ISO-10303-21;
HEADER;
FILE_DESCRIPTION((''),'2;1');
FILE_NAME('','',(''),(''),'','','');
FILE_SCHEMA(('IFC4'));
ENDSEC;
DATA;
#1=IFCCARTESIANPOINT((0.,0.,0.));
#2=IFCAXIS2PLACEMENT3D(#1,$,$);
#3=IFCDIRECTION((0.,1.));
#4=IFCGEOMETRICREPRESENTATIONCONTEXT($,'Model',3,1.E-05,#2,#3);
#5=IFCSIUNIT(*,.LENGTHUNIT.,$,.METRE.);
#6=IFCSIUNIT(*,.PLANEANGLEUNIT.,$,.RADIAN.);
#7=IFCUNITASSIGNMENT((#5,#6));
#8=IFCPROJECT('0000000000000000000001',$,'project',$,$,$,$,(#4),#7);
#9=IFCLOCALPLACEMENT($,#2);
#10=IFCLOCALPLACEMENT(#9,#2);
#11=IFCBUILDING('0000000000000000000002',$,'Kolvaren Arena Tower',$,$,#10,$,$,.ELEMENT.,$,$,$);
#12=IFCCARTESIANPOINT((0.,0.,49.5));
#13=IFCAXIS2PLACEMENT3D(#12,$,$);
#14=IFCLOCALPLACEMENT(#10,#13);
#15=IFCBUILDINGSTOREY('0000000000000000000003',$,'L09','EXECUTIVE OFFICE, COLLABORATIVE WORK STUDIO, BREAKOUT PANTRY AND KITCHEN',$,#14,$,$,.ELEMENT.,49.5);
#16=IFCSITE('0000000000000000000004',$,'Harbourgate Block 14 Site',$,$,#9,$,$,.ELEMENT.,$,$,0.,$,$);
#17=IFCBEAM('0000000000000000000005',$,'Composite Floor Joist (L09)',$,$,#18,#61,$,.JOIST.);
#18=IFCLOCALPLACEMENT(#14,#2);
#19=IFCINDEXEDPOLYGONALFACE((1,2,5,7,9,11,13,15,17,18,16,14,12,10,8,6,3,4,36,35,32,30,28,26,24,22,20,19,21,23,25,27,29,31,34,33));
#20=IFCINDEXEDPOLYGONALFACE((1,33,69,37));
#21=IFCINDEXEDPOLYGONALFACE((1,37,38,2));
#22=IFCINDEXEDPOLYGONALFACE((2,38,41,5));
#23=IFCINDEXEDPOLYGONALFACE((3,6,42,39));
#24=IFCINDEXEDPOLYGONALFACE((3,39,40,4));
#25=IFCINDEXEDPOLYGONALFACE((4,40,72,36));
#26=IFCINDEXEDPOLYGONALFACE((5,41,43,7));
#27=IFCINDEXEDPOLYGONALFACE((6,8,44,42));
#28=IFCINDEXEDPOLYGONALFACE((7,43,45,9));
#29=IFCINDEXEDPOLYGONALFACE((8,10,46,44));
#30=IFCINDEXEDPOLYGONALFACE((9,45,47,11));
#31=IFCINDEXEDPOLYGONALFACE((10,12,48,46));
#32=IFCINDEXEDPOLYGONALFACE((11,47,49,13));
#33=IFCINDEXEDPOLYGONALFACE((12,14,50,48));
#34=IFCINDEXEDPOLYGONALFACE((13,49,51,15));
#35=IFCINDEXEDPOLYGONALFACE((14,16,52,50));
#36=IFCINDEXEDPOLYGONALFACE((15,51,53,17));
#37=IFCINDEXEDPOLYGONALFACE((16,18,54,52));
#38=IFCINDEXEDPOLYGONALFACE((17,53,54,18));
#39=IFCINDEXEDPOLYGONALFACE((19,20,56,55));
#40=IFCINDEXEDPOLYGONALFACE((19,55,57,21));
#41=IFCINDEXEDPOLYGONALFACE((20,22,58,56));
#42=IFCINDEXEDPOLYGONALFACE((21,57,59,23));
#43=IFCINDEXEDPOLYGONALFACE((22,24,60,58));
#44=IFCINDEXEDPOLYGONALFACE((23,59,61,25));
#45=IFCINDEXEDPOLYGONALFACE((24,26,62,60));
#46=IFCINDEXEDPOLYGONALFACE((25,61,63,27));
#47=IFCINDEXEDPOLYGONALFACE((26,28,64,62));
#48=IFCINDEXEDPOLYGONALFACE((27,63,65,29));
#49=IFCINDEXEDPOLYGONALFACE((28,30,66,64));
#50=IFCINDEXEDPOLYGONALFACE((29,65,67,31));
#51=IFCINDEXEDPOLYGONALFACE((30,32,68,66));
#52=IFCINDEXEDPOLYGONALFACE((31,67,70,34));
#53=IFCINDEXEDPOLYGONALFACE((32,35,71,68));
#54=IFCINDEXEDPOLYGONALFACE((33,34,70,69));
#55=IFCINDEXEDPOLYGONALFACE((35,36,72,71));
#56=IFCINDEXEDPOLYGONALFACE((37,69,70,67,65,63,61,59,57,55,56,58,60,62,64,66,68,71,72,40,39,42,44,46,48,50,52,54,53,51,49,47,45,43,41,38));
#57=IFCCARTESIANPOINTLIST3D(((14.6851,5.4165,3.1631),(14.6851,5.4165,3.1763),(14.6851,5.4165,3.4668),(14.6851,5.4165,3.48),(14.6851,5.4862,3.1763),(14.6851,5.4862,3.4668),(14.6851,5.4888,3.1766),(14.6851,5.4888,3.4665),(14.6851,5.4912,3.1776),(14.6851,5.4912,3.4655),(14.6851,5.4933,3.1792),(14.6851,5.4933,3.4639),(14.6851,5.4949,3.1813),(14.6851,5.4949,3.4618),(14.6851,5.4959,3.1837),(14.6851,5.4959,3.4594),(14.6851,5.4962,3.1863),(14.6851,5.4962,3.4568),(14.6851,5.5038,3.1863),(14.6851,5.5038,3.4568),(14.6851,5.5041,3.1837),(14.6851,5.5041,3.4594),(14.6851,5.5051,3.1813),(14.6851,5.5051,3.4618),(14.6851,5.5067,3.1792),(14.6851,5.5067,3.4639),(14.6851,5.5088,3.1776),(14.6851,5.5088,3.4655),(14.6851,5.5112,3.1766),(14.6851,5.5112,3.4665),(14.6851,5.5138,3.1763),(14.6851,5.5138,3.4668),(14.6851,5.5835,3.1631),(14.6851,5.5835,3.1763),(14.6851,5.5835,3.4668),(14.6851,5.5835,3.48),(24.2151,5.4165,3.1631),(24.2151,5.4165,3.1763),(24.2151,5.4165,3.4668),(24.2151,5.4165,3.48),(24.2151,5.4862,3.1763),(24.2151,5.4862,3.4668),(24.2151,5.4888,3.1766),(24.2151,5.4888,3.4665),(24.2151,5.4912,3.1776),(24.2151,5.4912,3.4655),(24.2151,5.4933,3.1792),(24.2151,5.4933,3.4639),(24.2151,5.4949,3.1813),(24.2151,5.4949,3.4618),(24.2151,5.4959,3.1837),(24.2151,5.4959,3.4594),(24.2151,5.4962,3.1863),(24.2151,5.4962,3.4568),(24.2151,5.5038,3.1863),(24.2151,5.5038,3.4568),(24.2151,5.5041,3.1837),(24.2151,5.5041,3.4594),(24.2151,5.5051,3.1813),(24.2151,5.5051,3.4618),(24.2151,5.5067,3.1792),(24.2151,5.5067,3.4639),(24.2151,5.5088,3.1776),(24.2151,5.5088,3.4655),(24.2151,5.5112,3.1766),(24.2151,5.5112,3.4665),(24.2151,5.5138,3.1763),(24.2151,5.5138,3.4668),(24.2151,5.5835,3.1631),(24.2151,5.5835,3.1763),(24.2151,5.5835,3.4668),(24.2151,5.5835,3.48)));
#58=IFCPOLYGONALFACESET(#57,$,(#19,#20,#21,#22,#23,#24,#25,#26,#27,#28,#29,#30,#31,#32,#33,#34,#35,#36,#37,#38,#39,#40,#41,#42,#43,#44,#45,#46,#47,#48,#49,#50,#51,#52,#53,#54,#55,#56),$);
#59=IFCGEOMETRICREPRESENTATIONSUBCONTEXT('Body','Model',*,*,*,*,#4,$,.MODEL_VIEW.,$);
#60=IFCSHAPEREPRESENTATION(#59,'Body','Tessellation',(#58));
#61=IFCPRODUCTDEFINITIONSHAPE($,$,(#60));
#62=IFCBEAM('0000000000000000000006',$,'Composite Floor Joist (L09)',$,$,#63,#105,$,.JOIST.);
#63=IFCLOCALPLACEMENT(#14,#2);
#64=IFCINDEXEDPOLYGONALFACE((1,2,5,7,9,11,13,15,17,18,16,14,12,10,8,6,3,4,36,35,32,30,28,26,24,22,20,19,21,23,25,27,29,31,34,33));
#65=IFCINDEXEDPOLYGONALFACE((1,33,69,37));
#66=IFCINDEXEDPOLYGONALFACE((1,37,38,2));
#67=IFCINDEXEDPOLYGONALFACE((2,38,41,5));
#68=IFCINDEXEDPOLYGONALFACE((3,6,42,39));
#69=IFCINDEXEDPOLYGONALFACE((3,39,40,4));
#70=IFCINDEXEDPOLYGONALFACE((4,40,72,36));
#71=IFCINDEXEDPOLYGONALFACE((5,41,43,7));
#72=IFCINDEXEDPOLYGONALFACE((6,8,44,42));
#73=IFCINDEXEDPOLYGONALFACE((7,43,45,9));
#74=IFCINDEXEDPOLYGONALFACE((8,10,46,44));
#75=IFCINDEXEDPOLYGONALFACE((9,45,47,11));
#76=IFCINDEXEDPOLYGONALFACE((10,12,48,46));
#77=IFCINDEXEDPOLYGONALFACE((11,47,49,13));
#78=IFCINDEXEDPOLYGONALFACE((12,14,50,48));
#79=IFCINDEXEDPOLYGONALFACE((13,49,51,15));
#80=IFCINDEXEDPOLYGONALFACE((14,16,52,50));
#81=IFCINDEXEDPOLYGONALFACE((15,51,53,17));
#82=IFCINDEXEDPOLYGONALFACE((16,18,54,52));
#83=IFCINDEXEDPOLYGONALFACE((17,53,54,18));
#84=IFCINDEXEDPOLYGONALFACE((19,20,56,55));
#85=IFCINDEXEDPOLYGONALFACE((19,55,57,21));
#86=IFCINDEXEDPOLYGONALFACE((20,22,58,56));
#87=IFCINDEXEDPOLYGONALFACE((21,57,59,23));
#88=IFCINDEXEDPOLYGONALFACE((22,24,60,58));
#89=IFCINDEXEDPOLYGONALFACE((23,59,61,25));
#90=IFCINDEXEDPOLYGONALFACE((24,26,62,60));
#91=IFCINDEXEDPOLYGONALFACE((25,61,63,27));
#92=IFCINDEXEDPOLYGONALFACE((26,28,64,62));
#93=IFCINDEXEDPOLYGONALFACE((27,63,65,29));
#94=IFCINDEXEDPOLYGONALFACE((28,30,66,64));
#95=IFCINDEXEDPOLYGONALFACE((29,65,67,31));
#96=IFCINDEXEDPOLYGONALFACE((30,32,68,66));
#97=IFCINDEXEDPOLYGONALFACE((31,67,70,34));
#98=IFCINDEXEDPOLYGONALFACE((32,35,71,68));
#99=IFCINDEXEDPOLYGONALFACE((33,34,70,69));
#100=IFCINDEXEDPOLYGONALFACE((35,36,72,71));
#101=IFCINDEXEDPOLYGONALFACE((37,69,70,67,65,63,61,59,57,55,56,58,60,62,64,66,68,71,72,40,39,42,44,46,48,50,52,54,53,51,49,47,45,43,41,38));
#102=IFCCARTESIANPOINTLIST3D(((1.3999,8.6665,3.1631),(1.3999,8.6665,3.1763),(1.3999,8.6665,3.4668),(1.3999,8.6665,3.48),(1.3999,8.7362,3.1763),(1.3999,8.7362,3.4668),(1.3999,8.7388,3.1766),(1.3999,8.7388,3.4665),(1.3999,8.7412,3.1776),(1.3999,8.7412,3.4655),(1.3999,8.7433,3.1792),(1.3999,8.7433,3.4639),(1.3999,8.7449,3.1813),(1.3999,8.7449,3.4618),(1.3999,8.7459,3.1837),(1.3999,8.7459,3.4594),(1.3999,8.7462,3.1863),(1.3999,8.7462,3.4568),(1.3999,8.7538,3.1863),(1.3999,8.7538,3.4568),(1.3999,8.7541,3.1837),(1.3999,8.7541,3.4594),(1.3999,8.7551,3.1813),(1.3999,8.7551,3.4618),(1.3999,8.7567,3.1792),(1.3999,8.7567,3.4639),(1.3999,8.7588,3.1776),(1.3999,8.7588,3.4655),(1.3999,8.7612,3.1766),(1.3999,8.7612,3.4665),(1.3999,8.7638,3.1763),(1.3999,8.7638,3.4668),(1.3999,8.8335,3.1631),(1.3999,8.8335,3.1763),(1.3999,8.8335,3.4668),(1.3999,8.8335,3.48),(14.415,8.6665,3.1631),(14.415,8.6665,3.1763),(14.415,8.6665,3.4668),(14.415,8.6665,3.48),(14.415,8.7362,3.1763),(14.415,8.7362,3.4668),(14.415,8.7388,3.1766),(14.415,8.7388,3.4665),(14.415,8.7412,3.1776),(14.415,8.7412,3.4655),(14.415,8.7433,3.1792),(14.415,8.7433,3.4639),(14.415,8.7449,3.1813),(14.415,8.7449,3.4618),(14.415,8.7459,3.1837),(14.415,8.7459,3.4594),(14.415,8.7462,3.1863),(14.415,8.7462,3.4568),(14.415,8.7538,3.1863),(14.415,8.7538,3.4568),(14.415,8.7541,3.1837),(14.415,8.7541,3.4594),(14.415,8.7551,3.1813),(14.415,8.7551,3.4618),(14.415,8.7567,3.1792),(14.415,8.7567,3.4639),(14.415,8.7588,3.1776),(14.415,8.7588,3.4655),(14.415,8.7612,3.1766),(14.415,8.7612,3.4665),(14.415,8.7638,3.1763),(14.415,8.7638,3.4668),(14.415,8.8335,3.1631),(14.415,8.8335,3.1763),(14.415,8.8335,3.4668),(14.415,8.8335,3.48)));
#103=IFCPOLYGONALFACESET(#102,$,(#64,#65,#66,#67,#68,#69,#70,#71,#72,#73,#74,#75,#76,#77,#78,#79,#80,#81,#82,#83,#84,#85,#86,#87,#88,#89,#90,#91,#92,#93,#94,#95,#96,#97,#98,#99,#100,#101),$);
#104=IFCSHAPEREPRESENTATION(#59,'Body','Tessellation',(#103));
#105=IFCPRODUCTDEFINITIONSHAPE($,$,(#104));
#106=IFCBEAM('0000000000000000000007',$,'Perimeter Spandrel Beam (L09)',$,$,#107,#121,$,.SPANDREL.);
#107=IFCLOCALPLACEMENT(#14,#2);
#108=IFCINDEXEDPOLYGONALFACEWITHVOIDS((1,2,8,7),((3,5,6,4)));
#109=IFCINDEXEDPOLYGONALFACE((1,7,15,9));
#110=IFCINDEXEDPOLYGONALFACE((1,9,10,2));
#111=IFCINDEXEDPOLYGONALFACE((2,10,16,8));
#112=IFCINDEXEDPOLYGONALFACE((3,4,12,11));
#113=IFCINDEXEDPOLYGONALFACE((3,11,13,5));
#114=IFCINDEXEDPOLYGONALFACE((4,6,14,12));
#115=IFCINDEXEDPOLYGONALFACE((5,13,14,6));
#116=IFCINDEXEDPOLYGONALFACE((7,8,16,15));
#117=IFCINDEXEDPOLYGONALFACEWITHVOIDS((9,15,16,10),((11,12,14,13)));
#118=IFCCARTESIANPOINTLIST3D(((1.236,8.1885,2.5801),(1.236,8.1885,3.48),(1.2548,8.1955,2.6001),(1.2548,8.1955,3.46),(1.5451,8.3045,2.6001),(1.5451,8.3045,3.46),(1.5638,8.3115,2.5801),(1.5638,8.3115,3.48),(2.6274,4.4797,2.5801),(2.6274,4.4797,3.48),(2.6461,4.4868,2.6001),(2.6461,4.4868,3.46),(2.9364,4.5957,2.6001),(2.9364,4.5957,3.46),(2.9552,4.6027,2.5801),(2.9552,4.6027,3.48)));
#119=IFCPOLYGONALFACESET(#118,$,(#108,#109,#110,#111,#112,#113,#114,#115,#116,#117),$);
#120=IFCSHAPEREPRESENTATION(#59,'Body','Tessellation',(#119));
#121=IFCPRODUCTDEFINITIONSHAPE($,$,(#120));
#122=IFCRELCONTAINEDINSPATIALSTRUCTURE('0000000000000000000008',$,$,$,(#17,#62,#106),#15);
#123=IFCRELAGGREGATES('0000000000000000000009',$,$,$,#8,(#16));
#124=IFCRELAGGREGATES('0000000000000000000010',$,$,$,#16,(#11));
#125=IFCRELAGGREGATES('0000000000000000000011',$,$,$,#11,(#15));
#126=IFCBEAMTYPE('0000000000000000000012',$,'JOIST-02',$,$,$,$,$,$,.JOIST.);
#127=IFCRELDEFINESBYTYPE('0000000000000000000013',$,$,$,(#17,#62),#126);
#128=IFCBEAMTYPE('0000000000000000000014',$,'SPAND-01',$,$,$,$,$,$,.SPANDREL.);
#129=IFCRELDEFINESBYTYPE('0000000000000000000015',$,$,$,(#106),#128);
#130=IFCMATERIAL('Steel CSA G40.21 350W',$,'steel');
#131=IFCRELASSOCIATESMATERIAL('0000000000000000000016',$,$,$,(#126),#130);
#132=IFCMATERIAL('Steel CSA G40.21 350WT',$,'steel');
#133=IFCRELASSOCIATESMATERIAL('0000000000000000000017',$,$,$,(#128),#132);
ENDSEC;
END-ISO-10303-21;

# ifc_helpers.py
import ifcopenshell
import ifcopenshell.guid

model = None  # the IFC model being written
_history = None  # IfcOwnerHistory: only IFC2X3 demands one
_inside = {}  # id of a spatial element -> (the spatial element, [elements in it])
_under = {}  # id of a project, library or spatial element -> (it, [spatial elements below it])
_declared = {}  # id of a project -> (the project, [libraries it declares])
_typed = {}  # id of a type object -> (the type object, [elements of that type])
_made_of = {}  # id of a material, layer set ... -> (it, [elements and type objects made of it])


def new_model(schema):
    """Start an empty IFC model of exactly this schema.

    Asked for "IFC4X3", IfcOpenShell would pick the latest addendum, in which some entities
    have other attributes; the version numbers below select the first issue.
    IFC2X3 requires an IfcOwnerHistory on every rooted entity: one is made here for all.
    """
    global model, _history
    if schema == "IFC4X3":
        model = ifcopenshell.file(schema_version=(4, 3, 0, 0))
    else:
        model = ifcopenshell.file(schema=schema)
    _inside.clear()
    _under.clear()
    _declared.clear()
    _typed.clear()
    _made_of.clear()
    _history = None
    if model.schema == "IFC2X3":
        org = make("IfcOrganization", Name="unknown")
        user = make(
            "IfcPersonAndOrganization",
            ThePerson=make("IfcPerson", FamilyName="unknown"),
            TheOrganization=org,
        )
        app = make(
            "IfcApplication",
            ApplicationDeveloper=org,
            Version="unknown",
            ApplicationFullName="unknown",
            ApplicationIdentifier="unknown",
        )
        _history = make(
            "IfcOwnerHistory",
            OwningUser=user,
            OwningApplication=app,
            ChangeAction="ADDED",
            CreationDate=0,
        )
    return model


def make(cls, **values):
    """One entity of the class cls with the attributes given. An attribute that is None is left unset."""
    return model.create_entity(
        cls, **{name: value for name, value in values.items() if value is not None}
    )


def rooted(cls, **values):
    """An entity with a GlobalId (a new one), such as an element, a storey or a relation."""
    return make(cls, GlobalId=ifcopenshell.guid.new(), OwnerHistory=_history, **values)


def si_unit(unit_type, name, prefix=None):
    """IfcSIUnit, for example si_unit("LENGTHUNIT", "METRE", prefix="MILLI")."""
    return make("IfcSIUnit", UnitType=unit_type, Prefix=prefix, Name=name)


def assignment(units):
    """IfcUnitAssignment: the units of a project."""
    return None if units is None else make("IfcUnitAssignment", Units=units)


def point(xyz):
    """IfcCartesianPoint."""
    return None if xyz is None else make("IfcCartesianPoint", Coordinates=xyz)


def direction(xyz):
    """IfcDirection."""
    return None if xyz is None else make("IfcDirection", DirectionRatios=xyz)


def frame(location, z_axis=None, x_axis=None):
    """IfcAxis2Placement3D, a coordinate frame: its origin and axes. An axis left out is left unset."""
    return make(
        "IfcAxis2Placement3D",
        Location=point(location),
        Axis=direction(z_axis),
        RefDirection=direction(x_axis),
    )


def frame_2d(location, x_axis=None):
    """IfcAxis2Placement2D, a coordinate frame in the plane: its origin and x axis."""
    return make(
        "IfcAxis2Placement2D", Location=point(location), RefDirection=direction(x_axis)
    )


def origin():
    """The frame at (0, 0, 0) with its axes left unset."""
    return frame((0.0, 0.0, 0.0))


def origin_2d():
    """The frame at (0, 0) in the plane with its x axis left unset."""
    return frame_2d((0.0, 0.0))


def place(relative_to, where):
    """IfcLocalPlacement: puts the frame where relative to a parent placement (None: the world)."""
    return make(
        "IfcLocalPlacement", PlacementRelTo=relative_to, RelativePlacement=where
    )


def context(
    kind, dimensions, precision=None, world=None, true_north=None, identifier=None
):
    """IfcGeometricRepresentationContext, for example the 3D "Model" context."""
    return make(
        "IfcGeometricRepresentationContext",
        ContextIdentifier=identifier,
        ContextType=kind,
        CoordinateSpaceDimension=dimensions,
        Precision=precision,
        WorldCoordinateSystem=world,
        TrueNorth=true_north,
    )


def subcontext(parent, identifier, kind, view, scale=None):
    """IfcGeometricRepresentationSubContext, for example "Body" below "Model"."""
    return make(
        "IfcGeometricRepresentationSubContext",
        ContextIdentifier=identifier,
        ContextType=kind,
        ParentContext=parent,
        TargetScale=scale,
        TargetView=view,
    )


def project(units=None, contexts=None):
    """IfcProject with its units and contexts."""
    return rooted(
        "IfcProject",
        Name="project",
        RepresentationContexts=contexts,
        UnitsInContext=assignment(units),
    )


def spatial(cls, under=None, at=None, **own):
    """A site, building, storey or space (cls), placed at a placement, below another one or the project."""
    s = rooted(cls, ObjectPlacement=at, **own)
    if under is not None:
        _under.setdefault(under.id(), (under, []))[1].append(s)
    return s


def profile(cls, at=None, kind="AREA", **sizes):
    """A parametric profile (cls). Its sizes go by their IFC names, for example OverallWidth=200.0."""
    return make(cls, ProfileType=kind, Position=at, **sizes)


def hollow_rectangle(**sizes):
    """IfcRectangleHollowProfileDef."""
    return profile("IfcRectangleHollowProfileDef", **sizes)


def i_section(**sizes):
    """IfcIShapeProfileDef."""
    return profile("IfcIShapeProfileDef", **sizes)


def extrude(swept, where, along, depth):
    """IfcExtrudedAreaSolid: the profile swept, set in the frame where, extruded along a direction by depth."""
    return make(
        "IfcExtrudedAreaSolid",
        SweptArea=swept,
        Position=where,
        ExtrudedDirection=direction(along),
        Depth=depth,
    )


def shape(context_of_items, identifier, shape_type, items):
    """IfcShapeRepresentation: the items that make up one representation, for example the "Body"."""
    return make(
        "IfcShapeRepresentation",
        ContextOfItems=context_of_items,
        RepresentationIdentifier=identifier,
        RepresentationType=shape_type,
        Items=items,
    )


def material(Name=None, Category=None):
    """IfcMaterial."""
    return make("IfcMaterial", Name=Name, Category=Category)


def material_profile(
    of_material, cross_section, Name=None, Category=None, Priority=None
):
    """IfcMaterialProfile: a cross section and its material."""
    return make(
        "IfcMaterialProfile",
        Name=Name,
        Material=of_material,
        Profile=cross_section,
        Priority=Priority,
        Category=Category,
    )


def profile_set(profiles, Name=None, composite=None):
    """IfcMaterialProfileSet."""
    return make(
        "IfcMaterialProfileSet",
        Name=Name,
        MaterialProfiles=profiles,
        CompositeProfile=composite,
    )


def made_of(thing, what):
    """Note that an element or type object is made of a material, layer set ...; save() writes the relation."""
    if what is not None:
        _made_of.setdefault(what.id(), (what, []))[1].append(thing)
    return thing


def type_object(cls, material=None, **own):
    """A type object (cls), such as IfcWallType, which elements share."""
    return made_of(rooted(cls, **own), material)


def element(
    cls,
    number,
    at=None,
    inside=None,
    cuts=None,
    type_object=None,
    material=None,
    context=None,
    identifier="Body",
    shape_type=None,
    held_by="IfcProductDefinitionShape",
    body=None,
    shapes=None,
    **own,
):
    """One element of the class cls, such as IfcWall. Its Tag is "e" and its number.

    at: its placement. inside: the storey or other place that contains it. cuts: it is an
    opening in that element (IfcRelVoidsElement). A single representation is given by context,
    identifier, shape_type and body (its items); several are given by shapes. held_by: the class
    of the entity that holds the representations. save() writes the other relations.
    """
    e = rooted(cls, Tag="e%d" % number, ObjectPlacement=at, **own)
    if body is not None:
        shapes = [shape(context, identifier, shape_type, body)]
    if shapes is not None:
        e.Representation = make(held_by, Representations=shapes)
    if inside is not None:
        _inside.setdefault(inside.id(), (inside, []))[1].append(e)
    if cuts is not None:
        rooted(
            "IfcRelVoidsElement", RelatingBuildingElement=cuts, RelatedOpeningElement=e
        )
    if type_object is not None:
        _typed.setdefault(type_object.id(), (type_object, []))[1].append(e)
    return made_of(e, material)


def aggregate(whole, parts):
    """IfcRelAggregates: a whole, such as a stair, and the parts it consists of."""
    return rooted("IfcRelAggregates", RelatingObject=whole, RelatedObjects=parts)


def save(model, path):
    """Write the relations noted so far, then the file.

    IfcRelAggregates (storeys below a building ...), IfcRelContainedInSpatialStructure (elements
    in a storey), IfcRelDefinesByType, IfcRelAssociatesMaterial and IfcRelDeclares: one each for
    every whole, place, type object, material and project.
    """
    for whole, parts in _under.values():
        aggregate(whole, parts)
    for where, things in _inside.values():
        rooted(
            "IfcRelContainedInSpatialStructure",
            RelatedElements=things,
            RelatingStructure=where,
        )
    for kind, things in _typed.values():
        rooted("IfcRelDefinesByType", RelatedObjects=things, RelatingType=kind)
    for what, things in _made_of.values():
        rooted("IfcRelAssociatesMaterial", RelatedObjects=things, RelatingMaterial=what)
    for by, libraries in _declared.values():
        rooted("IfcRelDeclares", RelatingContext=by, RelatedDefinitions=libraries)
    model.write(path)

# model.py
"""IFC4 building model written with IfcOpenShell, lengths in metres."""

from ifc_helpers import new_model, si_unit, direction, frame, origin, origin_2d, place, context, subcontext, project, spatial, hollow_rectangle, i_section, extrude, material, material_profile, profile_set, type_object, element, save


model = new_model("IFC4")

# Units and contexts
model_context = context("Model", 3, precision=1e-05, world=origin(), true_north=direction((0.0, 1.0)))
body_context = subcontext(model_context, "Body", "Model", "MODEL_VIEW")
ifc_project = project(units=[si_unit("LENGTHUNIT", "METRE"), si_unit("PLANEANGLEUNIT", "RADIAN")], contexts=[model_context])

# Site, building, storey
site_placement = place(None, origin())
site = spatial("IfcSite", under=ifc_project, at=site_placement, Name="Harbourgate Block 14 Site", CompositionType="ELEMENT", RefElevation=0.0)
building_placement = place(site_placement, origin())
building = spatial("IfcBuilding", under=site, at=building_placement, Name="Kolvaren Arena Tower", CompositionType="ELEMENT")
storey_placement = place(building_placement, frame((0.0, 0.0, 49.5)))
storey = spatial("IfcBuildingStorey", under=building, at=storey_placement, Name="L09", Description="EXECUTIVE OFFICE, COLLABORATIVE WORK STUDIO, BREAKOUT PANTRY AND KITCHEN", CompositionType="ELEMENT", Elevation=49.5)

# Beams
ifc_material_1 = material(Name="Steel CSA G40.21 350W", Category="steel")
ifc_material_profile_1 = material_profile(ifc_material_1, i_section(OverallWidth=0.167, OverallDepth=0.3169, WebThickness=0.0076, FlangeThickness=0.0132, FilletRadius=0.01, at=origin_2d()), Name="W310x52")
ifc_profile_set_1 = profile_set([ifc_material_profile_1], Name="Steel CSA G40.21 350W")
beam_type_1 = type_object("IfcBeamType", Name="JOIST-02", PredefinedType="JOIST", material=ifc_profile_set_1)
beam_1_placement = place(storey_placement, frame((14.6851, 5.5, 3.3215), z_axis=(1.0, 0.0, 0.0), x_axis=(0.0, 1.0, 0.0)))
element("IfcBeam", 1, at=beam_1_placement, inside=storey, type_object=beam_type_1, Name="Composite Floor Joist (L09)", PredefinedType="JOIST", context=body_context, shape_type="SweptSolid", body=[
    extrude(i_section(OverallWidth=0.167, OverallDepth=0.3169, WebThickness=0.0076, FlangeThickness=0.0132, FilletRadius=0.01, at=origin_2d()), origin(), (0.0, 0.0, 1.0), 9.53),
])
beam_2_placement = place(storey_placement, frame((1.3999, 8.75, 3.3215), z_axis=(1.0, 0.0, 0.0), x_axis=(0.0, 1.0, 0.0)))
element("IfcBeam", 2, at=beam_2_placement, inside=storey, type_object=beam_type_1, Name="Composite Floor Joist (L09)", PredefinedType="JOIST", context=body_context, shape_type="SweptSolid", body=[
    extrude(i_section(OverallWidth=0.167, OverallDepth=0.3169, WebThickness=0.0076, FlangeThickness=0.0132, FilletRadius=0.01, at=origin_2d()), origin(), (0.0, 0.0, 1.0), 13.0151),
])
ifc_material_2 = material(Name="Steel CSA G40.21 350WT", Category="steel")
ifc_material_profile_2 = material_profile(ifc_material_2, hollow_rectangle(XDim=0.3501, YDim=0.8999, WallThickness=0.02, at=origin_2d()), Name="HSS 900x350x20")
ifc_profile_set_2 = profile_set([ifc_material_profile_2], Name="Steel CSA G40.21 350WT")
beam_type_2 = type_object("IfcBeamType", Name="SPAND-01", PredefinedType="SPANDREL", material=ifc_profile_set_2)
beam_3_placement = place(storey_placement, frame((1.3999, 8.25, 3.03), z_axis=(0.351252, -0.936281, 0.0), x_axis=(0.936281, 0.351252, 0.0)))
element("IfcBeam", 3, at=beam_3_placement, inside=storey, type_object=beam_type_2, Name="Perimeter Spandrel Beam (L09)", PredefinedType="SPANDREL", context=body_context, shape_type="SweptSolid", body=[
    extrude(hollow_rectangle(XDim=0.3501, YDim=0.8999, WallThickness=0.02, at=origin_2d()), origin(), (0.0, 0.0, 1.0), 3.9612),
])

save(model, "model.ifc")
